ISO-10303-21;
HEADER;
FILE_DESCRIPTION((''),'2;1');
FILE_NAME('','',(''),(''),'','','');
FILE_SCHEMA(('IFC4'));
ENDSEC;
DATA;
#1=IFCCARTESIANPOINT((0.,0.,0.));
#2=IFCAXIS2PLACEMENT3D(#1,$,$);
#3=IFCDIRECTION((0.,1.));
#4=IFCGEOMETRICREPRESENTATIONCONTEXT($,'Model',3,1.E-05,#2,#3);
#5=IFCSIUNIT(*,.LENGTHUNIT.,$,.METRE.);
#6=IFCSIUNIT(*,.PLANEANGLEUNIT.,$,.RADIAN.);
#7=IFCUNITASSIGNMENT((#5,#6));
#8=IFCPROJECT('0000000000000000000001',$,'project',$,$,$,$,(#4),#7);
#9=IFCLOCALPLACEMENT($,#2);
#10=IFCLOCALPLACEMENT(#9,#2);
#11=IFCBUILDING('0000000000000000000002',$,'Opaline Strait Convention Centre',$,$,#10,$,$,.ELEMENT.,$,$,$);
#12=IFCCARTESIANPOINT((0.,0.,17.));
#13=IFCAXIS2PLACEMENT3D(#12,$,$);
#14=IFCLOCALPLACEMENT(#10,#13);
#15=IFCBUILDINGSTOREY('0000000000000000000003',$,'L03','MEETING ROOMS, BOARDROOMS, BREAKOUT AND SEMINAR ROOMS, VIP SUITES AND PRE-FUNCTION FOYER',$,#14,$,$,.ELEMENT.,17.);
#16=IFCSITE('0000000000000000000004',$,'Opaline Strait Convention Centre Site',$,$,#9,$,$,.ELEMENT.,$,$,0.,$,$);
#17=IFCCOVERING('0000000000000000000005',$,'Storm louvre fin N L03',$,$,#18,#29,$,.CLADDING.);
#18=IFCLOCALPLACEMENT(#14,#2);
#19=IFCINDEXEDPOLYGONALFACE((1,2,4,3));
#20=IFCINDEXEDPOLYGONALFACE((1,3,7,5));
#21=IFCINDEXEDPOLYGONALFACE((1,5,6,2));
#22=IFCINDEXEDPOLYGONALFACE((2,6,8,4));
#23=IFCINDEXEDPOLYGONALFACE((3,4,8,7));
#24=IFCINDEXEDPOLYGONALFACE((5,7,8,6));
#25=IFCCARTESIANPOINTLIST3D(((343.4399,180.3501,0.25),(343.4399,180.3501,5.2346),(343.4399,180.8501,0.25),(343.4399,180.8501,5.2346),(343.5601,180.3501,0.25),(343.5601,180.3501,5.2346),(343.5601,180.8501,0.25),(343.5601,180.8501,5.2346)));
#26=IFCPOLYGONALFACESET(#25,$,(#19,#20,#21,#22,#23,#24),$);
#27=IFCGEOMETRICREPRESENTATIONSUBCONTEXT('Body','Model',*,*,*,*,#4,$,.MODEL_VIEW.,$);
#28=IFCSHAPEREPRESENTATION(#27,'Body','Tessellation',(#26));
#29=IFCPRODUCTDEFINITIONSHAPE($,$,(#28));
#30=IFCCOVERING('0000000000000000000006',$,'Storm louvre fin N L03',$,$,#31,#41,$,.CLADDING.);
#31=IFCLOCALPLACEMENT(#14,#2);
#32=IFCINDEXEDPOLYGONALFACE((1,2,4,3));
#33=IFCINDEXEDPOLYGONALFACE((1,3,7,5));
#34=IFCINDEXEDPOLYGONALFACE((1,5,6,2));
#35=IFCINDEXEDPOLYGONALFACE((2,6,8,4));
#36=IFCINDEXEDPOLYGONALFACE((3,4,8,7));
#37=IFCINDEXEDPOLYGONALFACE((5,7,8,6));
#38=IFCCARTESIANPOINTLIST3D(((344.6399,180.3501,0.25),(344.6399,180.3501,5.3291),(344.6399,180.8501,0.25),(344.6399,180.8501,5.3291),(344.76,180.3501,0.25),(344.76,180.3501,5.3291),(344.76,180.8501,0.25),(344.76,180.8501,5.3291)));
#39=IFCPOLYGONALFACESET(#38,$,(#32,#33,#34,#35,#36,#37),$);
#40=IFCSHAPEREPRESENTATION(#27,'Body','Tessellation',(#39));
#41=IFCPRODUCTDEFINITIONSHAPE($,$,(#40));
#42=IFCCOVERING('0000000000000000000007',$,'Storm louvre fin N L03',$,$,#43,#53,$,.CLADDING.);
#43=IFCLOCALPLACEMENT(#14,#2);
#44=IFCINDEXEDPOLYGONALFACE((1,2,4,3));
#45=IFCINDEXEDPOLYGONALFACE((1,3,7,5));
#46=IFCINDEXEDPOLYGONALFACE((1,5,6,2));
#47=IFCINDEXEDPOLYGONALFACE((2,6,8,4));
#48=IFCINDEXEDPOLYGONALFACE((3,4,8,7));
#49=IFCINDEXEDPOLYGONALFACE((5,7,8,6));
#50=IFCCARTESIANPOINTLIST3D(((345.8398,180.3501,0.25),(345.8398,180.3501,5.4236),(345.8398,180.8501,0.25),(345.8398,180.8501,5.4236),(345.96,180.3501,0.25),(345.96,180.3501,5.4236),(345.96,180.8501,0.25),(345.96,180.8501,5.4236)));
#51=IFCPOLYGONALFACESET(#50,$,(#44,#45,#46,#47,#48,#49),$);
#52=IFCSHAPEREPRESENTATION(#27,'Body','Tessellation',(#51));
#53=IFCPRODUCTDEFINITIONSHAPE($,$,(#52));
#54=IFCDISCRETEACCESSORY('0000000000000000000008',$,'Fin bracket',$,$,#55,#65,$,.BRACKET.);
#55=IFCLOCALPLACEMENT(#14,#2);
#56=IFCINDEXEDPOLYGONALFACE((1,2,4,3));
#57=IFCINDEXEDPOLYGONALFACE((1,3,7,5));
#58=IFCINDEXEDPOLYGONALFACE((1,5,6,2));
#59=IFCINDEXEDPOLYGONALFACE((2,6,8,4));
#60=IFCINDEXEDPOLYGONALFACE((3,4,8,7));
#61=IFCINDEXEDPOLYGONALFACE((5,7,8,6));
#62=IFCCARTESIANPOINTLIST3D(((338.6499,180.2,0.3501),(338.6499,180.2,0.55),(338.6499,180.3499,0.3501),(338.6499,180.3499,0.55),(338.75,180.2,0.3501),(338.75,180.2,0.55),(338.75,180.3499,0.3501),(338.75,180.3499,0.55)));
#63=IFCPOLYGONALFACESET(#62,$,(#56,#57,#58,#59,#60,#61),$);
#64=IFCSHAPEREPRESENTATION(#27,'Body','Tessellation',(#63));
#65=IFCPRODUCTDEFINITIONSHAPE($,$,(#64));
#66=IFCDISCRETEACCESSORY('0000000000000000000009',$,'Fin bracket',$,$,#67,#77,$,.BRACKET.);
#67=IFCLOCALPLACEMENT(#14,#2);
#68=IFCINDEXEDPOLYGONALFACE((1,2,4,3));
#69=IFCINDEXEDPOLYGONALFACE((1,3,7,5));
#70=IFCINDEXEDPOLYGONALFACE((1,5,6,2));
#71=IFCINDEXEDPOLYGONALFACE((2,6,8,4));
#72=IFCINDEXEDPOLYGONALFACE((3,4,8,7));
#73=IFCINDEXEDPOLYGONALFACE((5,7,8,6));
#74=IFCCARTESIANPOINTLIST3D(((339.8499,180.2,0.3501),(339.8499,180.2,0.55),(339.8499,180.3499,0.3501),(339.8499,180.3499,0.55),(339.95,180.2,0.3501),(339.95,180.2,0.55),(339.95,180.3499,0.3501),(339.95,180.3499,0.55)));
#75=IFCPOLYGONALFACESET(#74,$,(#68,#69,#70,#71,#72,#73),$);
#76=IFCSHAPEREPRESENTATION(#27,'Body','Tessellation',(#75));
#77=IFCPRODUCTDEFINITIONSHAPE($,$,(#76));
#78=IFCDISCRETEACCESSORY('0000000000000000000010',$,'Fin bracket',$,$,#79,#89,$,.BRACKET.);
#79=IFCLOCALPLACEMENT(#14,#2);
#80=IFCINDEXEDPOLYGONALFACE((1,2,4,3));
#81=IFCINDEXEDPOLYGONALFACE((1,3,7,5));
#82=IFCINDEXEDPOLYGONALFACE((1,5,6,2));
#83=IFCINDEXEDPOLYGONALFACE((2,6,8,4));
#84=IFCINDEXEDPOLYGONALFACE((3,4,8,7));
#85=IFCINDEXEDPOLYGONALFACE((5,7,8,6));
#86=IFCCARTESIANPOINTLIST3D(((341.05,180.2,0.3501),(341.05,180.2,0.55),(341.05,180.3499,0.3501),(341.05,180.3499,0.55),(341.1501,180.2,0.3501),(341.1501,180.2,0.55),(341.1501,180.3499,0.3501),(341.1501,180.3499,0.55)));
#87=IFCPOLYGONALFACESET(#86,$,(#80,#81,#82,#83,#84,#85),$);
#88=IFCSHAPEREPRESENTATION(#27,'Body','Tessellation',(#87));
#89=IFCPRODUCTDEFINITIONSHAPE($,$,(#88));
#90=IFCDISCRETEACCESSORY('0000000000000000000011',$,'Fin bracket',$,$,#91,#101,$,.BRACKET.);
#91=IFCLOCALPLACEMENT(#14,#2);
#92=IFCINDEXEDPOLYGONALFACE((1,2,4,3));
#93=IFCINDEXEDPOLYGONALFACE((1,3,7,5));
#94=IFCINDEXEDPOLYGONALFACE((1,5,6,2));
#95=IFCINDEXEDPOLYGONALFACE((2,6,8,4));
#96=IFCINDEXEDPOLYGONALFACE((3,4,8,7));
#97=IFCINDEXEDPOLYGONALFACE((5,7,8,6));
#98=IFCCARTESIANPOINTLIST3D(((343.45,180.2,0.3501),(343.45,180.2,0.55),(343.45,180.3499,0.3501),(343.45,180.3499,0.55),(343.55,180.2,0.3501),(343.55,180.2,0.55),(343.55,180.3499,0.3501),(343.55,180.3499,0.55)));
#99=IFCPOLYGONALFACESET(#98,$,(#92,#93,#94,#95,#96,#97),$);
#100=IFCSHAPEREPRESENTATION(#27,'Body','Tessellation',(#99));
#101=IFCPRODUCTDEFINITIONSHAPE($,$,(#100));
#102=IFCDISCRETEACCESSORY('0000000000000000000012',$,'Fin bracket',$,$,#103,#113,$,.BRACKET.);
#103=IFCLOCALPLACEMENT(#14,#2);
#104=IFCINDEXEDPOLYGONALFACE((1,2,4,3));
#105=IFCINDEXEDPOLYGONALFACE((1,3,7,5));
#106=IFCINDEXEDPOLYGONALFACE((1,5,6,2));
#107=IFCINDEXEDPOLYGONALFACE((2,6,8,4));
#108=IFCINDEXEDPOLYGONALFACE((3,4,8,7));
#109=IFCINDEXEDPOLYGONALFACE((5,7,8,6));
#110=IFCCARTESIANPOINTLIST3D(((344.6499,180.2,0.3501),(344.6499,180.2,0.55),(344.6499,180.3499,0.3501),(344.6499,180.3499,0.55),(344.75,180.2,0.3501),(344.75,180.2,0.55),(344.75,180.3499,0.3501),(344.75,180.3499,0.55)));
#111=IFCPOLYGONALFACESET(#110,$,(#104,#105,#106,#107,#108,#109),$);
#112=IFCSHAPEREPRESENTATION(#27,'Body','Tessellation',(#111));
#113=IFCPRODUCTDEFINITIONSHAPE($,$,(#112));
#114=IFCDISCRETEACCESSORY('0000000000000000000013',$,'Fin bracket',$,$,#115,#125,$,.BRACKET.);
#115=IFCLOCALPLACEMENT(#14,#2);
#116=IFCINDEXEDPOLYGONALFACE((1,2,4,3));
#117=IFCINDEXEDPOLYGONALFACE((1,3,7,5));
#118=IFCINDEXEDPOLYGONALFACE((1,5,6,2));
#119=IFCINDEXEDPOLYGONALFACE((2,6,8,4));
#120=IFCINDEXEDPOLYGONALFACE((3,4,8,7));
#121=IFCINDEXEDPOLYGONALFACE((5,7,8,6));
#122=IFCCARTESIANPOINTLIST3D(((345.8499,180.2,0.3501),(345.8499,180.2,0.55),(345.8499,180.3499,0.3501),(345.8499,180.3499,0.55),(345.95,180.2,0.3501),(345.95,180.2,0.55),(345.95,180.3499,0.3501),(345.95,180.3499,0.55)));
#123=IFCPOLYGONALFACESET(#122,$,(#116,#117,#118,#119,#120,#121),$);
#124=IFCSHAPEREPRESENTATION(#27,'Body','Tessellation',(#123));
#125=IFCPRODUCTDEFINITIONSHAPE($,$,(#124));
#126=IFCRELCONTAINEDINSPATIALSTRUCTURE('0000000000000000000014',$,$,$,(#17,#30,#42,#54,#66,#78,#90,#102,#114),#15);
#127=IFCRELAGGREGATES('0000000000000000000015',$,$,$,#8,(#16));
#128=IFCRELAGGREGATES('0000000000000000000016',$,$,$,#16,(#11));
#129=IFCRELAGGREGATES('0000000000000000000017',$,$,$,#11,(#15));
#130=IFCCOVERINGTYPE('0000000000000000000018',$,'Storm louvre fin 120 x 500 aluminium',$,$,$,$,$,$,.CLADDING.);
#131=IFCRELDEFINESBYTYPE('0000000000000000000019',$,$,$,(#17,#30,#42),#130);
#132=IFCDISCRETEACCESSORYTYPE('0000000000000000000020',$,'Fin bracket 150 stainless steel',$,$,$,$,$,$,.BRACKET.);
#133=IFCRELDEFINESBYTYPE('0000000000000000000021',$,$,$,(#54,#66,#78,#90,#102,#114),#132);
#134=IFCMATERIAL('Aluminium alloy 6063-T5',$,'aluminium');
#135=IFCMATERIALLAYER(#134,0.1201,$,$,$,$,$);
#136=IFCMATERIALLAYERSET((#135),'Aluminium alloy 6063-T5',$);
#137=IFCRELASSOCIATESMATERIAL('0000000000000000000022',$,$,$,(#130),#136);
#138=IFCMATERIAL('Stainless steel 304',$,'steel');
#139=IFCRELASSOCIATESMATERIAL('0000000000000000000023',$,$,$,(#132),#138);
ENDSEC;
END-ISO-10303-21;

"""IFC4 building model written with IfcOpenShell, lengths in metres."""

from ifc_helpers import new_model, si_unit, direction, frame, origin, origin_2d, place, context, subcontext, project, spatial, rectangle, extrude, material, layer, layer_set, type_object, element, save


model = new_model("IFC4")

# Units and contexts
model_context = context("Model", 3, precision=1e-05, world=origin(), true_north=direction((0.0, 1.0)))
body_context = subcontext(model_context, "Body", "Model", "MODEL_VIEW")
ifc_project = project(units=[si_unit("LENGTHUNIT", "METRE"), si_unit("PLANEANGLEUNIT", "RADIAN")], contexts=[model_context])

# Site, building, storey
site_placement = place(None, origin())
site = spatial("IfcSite", under=ifc_project, at=site_placement, Name="Opaline Strait Convention Centre Site", CompositionType="ELEMENT", RefElevation=0.0)
building_placement = place(site_placement, origin())
building = spatial("IfcBuilding", under=site, at=building_placement, Name="Opaline Strait Convention Centre", CompositionType="ELEMENT")
storey_placement = place(building_placement, frame((0.0, 0.0, 17.0)))
storey = spatial("IfcBuildingStorey", under=building, at=storey_placement, Name="L03", Description="MEETING ROOMS, BOARDROOMS, BREAKOUT AND SEMINAR ROOMS, VIP SUITES AND PRE-FUNCTION FOYER", CompositionType="ELEMENT", Elevation=17.0)

# Shared definitions
ifc_material_1 = material(Name="Stainless steel 304", Category="steel")

# Coverings
ifc_material_2 = material(Name="Aluminium alloy 6063-T5", Category="aluminium")
ifc_layer_1 = layer(ifc_material_2, 0.1201)
ifc_layer_set_1 = layer_set([ifc_layer_1], Name="Aluminium alloy 6063-T5")
covering_type = type_object("IfcCoveringType", Name="Storm louvre fin 120 x 500 aluminium", PredefinedType="CLADDING", material=ifc_layer_set_1)
covering_1_placement = place(storey_placement, frame((343.5, 180.6001, 0.25), z_axis=(0.0, 0.0, 1.0), x_axis=(1.0, 0.0, 0.0)))
element("IfcCovering", 1, at=covering_1_placement, inside=storey, type_object=covering_type, Name="Storm louvre fin N L03", PredefinedType="CLADDING", context=body_context, shape_type="SweptSolid", body=[
    extrude(rectangle(XDim=0.1201, YDim=0.5, at=origin_2d()), origin(), (0.0, 0.0, 1.0), 4.9846),
])
covering_2_placement = place(storey_placement, frame((344.7, 180.6001, 0.25), z_axis=(0.0, 0.0, 1.0), x_axis=(1.0, 0.0, 0.0)))
element("IfcCovering", 2, at=covering_2_placement, inside=storey, type_object=covering_type, Name="Storm louvre fin N L03", PredefinedType="CLADDING", context=body_context, shape_type="SweptSolid", body=[
    extrude(rectangle(XDim=0.1201, YDim=0.5, at=origin_2d()), origin(), (0.0, 0.0, 1.0), 5.0791),
])
covering_3_placement = place(storey_placement, frame((345.8999, 180.6001, 0.25), z_axis=(0.0, 0.0, 1.0), x_axis=(1.0, 0.0, 0.0)))
element("IfcCovering", 3, at=covering_3_placement, inside=storey, type_object=covering_type, Name="Storm louvre fin N L03", PredefinedType="CLADDING", context=body_context, shape_type="SweptSolid", body=[
    extrude(rectangle(XDim=0.1201, YDim=0.5, at=origin_2d()), origin(), (0.0, 0.0, 1.0), 5.1736),
])

# Discrete accessories
discrete_accessory_type = type_object("IfcDiscreteAccessoryType", Name="Fin bracket 150 stainless steel", PredefinedType="BRACKET", material=ifc_material_1)
for number, where, z_axis, x_axis, name in (
    (4, (338.7, 180.2749, 0.3501), (0.0, 0.0, 1.0), (1.0, 0.0, 0.0), "Fin bracket"),
    (5, (339.8999, 180.2749, 0.3501), (0.0, 0.0, 1.0), (1.0, 0.0, 0.0), "Fin bracket"),
    (6, (341.1001, 180.2749, 0.3501), (0.0, 0.0, 1.0), (1.0, 0.0, 0.0), "Fin bracket"),
    (7, (343.5, 180.2749, 0.3501), (0.0, 0.0, 1.0), (1.0, 0.0, 0.0), "Fin bracket"),
    (8, (344.7, 180.2749, 0.3501), (0.0, 0.0, 1.0), (1.0, 0.0, 0.0), "Fin bracket"),
    (9, (345.8999, 180.2749, 0.3501), (0.0, 0.0, 1.0), (1.0, 0.0, 0.0), "Fin bracket"),
):
    element("IfcDiscreteAccessory", number, at=place(storey_placement, frame(where, z_axis=z_axis, x_axis=x_axis)), inside=storey, type_object=discrete_accessory_type, Name=name, PredefinedType="BRACKET", context=body_context, shape_type="SweptSolid", body=[
        extrude(rectangle(XDim=0.1001, YDim=0.1499, at=origin_2d()), origin(), (0.0, 0.0, 1.0), 0.2),
    ])

save(model, "model.ifc")
